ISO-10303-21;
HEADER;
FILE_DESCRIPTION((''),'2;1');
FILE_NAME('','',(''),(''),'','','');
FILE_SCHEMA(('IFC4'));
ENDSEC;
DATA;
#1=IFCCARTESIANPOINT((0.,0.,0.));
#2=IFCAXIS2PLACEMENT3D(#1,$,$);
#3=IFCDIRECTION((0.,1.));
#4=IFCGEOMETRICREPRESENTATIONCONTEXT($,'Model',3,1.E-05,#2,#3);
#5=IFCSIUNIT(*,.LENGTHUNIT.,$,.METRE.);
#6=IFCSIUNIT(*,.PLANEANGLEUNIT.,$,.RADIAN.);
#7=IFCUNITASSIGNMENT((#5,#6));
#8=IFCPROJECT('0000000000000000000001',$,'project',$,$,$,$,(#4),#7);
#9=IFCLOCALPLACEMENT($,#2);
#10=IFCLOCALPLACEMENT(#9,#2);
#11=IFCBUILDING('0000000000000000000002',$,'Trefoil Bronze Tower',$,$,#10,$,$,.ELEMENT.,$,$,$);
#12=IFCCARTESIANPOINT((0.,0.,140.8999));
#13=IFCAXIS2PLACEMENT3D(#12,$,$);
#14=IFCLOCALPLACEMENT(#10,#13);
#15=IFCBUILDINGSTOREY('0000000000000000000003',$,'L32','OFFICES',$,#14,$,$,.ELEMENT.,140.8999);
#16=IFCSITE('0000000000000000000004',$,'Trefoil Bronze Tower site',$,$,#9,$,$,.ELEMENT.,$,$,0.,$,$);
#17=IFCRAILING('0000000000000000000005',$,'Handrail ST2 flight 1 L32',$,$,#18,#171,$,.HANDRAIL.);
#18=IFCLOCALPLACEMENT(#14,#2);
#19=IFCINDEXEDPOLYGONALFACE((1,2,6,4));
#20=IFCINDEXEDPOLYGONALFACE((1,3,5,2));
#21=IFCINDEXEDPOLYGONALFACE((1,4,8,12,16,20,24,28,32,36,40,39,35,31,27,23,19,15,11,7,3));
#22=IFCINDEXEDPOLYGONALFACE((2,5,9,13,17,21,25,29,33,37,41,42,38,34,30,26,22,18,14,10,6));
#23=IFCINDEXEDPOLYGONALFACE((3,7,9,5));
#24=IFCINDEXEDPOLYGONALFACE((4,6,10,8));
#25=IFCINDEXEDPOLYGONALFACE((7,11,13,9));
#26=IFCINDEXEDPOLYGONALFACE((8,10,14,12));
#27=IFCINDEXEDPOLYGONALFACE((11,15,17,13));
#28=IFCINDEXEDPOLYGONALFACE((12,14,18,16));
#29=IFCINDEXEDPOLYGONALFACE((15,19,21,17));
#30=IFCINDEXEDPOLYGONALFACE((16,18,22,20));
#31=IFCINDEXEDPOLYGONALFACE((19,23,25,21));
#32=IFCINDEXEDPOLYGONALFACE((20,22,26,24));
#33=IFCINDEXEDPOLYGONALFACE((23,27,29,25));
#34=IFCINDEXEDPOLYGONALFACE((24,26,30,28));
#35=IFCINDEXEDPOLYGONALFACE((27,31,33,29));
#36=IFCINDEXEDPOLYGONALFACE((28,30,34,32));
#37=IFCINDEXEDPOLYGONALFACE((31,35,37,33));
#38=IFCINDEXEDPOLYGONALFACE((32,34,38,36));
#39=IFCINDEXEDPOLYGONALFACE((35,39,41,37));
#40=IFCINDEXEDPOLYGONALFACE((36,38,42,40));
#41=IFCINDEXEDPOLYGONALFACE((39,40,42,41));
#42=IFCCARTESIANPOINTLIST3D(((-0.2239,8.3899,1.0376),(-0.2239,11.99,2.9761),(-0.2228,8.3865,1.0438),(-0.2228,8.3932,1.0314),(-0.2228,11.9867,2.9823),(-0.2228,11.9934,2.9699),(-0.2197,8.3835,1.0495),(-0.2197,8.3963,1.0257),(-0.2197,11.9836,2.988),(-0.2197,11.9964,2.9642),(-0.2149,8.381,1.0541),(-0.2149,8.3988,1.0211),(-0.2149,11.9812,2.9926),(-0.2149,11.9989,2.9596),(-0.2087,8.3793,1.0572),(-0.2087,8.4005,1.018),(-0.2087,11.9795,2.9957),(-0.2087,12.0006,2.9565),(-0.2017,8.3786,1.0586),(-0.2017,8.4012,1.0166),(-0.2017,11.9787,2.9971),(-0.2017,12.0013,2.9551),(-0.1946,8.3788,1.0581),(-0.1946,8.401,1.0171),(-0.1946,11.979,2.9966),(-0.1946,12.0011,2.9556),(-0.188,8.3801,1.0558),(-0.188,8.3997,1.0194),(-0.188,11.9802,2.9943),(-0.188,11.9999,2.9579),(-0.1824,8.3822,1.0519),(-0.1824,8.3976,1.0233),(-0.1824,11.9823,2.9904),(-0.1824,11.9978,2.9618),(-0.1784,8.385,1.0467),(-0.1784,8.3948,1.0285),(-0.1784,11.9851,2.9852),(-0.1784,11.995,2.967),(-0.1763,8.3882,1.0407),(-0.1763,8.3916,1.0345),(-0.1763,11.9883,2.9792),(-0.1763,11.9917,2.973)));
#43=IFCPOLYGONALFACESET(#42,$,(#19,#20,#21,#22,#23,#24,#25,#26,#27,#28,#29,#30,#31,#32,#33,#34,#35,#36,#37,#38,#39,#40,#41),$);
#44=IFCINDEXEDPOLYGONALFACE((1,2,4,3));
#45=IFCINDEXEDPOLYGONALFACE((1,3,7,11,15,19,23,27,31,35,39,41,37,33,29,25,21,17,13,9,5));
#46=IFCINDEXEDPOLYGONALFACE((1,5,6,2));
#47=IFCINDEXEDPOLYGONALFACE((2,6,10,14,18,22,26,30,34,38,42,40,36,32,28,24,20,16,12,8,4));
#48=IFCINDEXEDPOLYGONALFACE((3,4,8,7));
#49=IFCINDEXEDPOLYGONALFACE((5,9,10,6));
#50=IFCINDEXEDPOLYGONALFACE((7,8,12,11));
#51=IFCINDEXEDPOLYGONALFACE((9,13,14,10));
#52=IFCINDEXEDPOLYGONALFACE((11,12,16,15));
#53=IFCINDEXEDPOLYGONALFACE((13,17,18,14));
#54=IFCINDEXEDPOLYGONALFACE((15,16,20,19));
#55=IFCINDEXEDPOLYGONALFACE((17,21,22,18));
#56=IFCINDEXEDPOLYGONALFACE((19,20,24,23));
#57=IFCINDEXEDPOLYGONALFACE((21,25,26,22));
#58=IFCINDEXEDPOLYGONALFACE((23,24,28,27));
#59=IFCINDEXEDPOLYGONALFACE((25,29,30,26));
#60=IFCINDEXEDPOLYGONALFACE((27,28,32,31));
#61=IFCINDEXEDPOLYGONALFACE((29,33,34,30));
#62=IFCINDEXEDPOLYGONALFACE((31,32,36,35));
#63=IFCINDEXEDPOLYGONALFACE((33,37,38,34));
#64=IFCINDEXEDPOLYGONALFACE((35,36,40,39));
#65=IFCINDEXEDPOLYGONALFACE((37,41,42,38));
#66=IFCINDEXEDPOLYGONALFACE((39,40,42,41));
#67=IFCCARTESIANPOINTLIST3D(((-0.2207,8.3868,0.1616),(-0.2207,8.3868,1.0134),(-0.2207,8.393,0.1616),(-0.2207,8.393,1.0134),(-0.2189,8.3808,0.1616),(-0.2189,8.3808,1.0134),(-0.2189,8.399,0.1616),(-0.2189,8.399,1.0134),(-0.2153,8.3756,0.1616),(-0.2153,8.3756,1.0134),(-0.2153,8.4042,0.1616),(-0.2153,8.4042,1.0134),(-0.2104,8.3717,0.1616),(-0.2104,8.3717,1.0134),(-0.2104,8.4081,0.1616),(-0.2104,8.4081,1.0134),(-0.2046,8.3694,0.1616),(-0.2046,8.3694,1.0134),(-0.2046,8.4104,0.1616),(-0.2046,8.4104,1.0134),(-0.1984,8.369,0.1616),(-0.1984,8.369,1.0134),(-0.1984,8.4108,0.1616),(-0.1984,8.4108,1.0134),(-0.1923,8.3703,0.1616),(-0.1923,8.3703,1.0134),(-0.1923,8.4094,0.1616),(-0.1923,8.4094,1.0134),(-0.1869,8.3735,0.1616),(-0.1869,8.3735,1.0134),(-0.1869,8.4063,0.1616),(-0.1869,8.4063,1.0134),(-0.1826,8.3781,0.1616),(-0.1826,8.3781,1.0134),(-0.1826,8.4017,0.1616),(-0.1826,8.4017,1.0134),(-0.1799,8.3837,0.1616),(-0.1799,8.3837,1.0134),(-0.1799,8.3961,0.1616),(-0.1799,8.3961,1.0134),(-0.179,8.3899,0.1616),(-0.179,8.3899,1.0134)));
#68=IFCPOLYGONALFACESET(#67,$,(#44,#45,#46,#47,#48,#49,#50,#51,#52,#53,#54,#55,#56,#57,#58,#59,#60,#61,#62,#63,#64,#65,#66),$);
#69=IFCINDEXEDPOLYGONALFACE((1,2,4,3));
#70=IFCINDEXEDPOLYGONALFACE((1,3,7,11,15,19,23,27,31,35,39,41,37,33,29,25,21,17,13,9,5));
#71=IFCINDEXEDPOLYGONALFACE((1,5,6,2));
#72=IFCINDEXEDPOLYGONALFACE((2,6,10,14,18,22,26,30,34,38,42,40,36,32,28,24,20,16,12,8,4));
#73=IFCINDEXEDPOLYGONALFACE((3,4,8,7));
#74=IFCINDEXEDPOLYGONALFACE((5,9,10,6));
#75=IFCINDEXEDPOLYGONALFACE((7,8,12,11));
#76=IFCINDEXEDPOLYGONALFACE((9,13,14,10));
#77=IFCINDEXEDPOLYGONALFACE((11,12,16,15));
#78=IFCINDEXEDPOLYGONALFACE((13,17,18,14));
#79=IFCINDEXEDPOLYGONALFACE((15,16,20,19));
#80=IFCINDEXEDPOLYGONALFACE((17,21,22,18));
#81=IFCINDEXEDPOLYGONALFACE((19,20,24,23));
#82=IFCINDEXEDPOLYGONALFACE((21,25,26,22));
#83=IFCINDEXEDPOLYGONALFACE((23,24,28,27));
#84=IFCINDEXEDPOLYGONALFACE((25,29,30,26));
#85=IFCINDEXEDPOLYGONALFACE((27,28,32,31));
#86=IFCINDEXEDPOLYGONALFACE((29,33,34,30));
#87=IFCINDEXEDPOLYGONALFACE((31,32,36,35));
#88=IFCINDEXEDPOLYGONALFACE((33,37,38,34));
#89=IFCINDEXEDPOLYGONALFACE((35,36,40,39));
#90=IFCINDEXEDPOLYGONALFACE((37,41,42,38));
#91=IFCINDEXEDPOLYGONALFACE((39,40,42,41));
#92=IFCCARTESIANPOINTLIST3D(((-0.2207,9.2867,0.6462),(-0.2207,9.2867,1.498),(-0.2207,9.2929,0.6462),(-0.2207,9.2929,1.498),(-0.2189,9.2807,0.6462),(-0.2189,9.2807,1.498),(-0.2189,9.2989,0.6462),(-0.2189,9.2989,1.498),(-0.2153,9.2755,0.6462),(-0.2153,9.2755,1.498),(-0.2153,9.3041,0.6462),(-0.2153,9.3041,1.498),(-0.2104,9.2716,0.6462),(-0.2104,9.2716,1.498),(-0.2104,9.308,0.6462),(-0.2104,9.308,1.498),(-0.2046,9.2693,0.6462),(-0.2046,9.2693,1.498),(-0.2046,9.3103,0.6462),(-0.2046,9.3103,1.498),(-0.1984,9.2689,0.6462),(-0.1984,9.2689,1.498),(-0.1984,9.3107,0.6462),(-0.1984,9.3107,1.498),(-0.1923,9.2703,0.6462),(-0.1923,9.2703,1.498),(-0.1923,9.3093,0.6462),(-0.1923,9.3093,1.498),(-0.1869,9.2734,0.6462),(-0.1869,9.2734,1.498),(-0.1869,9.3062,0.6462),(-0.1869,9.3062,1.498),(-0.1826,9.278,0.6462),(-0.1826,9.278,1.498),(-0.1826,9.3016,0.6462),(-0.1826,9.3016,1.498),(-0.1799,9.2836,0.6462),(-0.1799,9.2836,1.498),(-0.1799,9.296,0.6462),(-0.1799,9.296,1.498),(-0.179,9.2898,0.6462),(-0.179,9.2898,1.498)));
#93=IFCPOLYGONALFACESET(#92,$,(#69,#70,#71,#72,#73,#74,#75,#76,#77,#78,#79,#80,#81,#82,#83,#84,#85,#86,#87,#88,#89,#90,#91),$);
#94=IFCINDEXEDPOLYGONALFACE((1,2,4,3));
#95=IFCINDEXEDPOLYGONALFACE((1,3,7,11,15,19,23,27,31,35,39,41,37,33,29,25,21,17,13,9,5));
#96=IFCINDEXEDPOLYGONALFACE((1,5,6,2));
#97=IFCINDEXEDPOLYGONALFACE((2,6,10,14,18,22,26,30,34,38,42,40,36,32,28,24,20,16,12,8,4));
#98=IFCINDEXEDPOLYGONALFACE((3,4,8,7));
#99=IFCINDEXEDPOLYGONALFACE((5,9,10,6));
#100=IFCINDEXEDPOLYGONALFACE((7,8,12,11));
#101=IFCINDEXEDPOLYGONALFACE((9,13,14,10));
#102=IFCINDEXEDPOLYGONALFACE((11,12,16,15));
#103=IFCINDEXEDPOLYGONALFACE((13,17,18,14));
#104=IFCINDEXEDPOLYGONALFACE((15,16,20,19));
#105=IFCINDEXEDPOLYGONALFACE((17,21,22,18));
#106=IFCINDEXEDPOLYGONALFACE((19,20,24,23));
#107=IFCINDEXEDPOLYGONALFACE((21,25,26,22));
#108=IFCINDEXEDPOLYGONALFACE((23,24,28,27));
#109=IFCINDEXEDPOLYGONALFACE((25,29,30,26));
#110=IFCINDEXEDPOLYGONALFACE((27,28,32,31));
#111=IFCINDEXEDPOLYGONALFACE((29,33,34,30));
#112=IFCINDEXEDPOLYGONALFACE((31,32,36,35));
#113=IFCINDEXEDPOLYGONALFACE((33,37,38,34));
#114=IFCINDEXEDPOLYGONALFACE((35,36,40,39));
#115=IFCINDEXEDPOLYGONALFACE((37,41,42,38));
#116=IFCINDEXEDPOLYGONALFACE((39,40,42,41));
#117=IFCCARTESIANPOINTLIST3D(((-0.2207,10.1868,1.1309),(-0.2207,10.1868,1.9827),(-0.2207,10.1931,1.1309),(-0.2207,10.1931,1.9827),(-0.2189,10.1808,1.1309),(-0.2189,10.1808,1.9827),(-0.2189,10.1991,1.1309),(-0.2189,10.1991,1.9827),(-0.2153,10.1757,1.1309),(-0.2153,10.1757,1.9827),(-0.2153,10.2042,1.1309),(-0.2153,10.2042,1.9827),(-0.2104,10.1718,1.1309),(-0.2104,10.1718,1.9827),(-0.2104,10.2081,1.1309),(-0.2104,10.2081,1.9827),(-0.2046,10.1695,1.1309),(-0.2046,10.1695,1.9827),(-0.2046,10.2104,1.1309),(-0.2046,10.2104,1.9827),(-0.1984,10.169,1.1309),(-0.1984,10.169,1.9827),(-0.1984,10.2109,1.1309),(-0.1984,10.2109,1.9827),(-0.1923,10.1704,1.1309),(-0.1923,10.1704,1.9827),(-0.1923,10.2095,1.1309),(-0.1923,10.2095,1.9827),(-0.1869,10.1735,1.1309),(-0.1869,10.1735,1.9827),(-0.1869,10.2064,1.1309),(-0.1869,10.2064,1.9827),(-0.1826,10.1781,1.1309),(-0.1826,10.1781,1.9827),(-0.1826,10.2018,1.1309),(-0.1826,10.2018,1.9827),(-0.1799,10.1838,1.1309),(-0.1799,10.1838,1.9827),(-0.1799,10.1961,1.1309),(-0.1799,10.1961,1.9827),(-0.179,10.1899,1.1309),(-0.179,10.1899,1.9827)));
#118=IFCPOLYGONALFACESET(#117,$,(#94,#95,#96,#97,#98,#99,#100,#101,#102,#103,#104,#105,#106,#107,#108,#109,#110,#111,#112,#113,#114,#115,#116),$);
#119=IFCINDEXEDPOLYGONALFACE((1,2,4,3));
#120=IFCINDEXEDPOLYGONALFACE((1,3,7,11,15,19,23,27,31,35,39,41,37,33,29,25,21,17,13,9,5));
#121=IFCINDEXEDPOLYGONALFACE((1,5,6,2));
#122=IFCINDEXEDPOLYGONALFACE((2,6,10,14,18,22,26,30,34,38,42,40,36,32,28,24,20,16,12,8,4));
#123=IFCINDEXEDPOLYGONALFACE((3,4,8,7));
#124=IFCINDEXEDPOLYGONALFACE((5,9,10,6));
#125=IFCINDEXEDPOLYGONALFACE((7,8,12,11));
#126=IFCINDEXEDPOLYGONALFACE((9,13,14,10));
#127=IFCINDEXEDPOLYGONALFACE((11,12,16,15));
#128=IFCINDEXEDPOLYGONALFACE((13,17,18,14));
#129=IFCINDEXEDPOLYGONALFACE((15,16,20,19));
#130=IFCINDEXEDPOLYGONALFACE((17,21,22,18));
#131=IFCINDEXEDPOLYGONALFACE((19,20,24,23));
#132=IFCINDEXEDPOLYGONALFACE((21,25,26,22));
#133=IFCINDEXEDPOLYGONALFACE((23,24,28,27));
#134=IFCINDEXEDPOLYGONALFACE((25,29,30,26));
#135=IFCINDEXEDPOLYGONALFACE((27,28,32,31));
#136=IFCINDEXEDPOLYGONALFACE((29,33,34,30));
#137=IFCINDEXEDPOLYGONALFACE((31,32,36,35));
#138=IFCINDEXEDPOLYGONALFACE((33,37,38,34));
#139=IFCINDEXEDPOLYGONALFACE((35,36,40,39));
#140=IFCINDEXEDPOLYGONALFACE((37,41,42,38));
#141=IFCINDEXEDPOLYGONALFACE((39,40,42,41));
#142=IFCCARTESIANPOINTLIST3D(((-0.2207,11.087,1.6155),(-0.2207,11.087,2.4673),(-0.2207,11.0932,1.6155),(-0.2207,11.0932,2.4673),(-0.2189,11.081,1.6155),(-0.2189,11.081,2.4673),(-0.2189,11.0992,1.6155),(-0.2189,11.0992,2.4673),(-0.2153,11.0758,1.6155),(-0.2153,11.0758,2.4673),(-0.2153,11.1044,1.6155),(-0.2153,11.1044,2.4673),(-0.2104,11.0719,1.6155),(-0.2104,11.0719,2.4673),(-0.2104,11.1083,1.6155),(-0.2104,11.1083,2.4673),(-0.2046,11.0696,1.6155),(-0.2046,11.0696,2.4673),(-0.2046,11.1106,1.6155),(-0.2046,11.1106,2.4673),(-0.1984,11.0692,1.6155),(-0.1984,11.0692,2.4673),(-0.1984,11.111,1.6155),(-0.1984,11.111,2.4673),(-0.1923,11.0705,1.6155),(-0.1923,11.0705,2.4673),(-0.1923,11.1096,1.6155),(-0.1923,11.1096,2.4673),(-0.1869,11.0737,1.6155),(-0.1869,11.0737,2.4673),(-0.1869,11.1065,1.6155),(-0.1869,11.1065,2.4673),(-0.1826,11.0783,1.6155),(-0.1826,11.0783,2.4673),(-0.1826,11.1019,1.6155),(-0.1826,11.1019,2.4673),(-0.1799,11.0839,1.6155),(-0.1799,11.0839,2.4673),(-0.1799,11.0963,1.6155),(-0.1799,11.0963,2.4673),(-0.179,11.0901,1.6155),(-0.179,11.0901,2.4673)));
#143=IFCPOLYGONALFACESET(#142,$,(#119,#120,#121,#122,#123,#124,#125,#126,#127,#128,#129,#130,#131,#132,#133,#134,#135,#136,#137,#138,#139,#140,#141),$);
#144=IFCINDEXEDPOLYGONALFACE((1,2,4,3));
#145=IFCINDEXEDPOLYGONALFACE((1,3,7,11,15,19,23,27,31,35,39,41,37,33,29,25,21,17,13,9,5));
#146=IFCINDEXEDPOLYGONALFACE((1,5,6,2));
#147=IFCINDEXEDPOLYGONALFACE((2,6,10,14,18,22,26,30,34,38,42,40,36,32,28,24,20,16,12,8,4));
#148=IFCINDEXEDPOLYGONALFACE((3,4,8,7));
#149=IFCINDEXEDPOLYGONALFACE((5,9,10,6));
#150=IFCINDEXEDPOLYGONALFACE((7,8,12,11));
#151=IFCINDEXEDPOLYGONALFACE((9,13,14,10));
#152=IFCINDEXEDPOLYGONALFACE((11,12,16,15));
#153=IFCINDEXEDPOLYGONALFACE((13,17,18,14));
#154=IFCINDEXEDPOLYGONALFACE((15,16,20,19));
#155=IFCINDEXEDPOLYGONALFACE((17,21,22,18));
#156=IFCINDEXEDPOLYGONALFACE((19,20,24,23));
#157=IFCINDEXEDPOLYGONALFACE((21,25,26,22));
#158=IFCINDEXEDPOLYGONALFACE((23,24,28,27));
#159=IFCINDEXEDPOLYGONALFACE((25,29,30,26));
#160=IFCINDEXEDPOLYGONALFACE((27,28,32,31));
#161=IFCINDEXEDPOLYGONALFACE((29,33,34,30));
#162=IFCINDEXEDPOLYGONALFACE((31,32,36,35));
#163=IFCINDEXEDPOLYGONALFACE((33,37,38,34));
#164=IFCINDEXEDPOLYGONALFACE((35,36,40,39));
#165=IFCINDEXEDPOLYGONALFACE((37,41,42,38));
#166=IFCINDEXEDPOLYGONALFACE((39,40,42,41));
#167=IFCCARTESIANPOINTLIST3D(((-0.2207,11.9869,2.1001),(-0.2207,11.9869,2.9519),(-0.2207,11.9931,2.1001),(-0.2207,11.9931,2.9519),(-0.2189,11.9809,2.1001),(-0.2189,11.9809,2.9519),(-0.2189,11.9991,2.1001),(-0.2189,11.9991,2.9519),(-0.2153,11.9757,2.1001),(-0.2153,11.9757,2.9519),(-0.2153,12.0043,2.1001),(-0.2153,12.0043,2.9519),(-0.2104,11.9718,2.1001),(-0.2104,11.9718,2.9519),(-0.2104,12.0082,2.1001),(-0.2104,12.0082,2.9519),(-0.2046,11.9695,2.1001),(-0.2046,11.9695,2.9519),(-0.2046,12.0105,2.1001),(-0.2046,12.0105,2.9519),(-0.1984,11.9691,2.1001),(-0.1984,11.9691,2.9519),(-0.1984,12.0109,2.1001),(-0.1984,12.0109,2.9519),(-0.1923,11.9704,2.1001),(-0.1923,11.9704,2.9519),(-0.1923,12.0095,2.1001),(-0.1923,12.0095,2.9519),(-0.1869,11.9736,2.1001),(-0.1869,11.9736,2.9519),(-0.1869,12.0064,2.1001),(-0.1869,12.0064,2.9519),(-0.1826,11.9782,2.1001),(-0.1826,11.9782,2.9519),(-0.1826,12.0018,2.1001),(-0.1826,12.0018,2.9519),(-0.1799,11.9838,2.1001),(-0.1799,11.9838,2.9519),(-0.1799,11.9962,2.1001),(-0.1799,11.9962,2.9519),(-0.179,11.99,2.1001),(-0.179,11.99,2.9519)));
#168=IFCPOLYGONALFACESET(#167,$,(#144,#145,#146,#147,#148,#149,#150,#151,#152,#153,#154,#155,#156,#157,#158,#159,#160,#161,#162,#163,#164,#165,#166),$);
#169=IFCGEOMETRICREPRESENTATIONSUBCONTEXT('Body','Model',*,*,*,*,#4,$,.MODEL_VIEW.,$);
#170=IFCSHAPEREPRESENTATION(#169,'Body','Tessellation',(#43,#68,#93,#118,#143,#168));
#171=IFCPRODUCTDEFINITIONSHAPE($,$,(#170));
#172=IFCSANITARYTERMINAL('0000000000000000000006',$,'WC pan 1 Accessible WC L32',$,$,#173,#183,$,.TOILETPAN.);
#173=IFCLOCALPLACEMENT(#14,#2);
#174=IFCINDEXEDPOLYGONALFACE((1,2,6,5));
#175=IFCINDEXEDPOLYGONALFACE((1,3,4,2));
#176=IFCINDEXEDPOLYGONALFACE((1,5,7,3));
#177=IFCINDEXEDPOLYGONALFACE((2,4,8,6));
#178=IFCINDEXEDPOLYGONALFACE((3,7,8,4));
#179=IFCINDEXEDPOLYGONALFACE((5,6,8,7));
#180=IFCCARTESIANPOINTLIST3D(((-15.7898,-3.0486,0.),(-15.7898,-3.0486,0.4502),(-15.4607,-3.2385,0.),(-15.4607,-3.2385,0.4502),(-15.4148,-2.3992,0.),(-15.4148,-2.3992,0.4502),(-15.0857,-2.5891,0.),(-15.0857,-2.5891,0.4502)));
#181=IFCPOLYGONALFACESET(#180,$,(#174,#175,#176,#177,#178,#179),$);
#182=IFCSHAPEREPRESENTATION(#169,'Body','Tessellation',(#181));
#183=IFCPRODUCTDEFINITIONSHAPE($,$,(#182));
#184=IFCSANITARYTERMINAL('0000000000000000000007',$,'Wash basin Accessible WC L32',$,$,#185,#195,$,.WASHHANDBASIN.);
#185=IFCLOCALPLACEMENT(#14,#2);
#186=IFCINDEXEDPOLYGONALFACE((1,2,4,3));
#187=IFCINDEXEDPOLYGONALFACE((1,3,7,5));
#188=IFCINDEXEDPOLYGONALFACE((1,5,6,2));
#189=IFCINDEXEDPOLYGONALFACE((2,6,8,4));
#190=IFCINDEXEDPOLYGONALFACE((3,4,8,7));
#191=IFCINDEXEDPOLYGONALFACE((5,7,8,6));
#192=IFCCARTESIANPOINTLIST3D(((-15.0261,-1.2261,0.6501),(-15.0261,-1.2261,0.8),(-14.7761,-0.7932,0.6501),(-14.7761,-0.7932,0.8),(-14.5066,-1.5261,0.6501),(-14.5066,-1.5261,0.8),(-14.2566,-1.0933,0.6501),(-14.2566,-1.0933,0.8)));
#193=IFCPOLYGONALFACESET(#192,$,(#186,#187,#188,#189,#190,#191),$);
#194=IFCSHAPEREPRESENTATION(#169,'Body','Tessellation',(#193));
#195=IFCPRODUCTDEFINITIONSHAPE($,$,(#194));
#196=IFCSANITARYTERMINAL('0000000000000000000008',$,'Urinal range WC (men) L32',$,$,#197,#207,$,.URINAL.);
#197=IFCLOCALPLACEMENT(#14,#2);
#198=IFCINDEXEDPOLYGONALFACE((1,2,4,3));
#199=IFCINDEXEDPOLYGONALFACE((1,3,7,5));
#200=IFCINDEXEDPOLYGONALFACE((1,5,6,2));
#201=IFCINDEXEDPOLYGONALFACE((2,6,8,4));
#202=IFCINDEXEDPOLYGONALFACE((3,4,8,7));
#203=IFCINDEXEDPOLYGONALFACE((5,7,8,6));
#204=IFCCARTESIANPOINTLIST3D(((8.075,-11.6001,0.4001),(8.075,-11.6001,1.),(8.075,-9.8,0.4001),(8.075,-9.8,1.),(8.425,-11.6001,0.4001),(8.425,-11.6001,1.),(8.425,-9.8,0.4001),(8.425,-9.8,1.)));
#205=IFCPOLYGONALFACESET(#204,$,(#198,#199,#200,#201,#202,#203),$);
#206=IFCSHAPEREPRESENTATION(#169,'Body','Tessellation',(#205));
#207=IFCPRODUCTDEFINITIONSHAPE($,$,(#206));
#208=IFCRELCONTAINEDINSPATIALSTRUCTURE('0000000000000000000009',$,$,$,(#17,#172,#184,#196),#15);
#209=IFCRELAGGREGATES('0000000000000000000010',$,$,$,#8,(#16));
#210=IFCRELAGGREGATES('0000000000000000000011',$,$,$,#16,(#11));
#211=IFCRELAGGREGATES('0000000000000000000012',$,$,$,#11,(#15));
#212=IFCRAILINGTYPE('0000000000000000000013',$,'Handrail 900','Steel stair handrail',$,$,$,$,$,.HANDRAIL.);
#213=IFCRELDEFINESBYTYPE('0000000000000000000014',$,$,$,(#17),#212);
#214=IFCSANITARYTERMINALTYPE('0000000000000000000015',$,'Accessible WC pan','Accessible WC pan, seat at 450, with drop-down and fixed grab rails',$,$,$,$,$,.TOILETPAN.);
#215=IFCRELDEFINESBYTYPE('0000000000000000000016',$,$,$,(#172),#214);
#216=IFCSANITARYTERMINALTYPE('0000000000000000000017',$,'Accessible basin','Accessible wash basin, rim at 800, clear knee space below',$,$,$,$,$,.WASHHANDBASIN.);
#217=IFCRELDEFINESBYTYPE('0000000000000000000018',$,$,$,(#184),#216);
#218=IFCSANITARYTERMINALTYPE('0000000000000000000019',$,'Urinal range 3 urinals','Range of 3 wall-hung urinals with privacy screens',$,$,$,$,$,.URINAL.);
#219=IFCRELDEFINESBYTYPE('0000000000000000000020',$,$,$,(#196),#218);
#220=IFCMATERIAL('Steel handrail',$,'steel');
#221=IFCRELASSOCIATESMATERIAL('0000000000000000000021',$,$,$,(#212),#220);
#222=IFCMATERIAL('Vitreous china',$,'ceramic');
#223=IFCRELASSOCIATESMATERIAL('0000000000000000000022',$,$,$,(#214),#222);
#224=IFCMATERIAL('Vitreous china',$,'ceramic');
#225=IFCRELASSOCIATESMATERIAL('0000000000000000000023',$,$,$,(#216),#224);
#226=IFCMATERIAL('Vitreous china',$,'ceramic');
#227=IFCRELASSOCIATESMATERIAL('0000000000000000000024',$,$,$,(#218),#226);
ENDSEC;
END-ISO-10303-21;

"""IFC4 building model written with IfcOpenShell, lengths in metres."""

from ifc_helpers import new_model, si_unit, direction, frame, origin, origin_2d, place, context, subcontext, project, spatial, polyline, circle, outline, extrude, material, type_object, element, save


model = new_model("IFC4")

# Units and contexts
model_context = context("Model", 3, precision=1e-05, world=origin(), true_north=direction((0.0, 1.0)))
body_context = subcontext(model_context, "Body", "Model", "MODEL_VIEW")
ifc_project = project(units=[si_unit("LENGTHUNIT", "METRE"), si_unit("PLANEANGLEUNIT", "RADIAN")], contexts=[model_context])

# Site, building, storey
site_placement = place(None, origin())
site = spatial("IfcSite", under=ifc_project, at=site_placement, Name="Trefoil Bronze Tower site", CompositionType="ELEMENT", RefElevation=0.0)
building_placement = place(site_placement, origin())
building = spatial("IfcBuilding", under=site, at=building_placement, Name="Trefoil Bronze Tower", CompositionType="ELEMENT")
storey_placement = place(building_placement, frame((0.0, 0.0, 140.8999)))
storey = spatial("IfcBuildingStorey", under=building, at=storey_placement, Name="L32", Description="OFFICES", CompositionType="ELEMENT", Elevation=140.8999)

# Railing
ifc_material_1 = material(Name="Steel handrail", Category="steel")
railing_type = type_object("IfcRailingType", Name="Handrail 900", Description="Steel stair handrail", PredefinedType="HANDRAIL", material=ifc_material_1)
railing_placement = place(storey_placement, frame((-0.2, 8.3899, 0.1616)))
element("IfcRailing", 1, at=railing_placement, inside=storey, type_object=railing_type, Name="Handrail ST2 flight 1 L32", PredefinedType="HANDRAIL", context=body_context, shape_type="SweptSolid", body=[
    extrude(circle(Radius=0.0239, at=origin_2d()), frame((0.0, 0.0, 0.876), z_axis=(0.0, 0.880475, 0.474093), x_axis=(-1.0, 0.0, 0.0)), (0.0, 0.0, 1.0), 4.0889),
    extrude(circle(Radius=0.021, at=origin_2d()), origin(), (0.0, 0.0, 1.0), 0.8518),
    extrude(circle(Radius=0.021, at=origin_2d()), frame((0.0, 0.8999, 0.4846)), (0.0, 0.0, 1.0), 0.8518),
    extrude(circle(Radius=0.021, at=origin_2d()), frame((0.0, 1.8, 0.9692)), (0.0, 0.0, 1.0), 0.8518),
    extrude(circle(Radius=0.021, at=origin_2d()), frame((0.0, 2.7002, 1.4539)), (0.0, 0.0, 1.0), 0.8518),
    extrude(circle(Radius=0.021, at=origin_2d()), frame((0.0, 3.6001, 1.9385)), (0.0, 0.0, 1.0), 0.8518),
])

# Sanitary terminals
ifc_material_2 = material(Name="Vitreous china", Category="ceramic")
sanitary_terminal_type_1 = type_object("IfcSanitaryTerminalType", Name="Accessible WC pan", Description="Accessible WC pan, seat at 450, with drop-down and fixed grab rails", PredefinedType="TOILETPAN", material=ifc_material_2)
sanitary_terminal_1_placement = place(storey_placement, origin())
element("IfcSanitaryTerminal", 2, at=sanitary_terminal_1_placement, inside=storey, type_object=sanitary_terminal_type_1, Name="WC pan 1 Accessible WC L32", PredefinedType="TOILETPAN", context=body_context, shape_type="SweptSolid", body=[
    extrude(outline(polyline([(-15.0857, -2.5891), (-15.4607, -3.2385), (-15.7898, -3.0486), (-15.4148, -2.3992), (-15.0857, -2.5891)])), origin(), (0.0, 0.0, 1.0), 0.4502),
])
ifc_material_3 = material(Name="Vitreous china", Category="ceramic")
sanitary_terminal_type_2 = type_object("IfcSanitaryTerminalType", Name="Accessible basin", Description="Accessible wash basin, rim at 800, clear knee space below", PredefinedType="WASHHANDBASIN", material=ifc_material_3)
sanitary_terminal_2_placement = place(storey_placement, frame((0.0, 0.0, 0.6501)))
element("IfcSanitaryTerminal", 3, at=sanitary_terminal_2_placement, inside=storey, type_object=sanitary_terminal_type_2, Name="Wash basin Accessible WC L32", PredefinedType="WASHHANDBASIN", context=body_context, shape_type="SweptSolid", body=[
    extrude(outline(polyline([(-14.2566, -1.0933), (-14.5066, -1.5261), (-15.0261, -1.2261), (-14.7761, -0.7932), (-14.2566, -1.0933)])), origin(), (0.0, 0.0, 1.0), 0.1499),
])
ifc_material_4 = material(Name="Vitreous china", Category="ceramic")
sanitary_terminal_type_3 = type_object("IfcSanitaryTerminalType", Name="Urinal range 3 urinals", Description="Range of 3 wall-hung urinals with privacy screens", PredefinedType="URINAL", material=ifc_material_4)
sanitary_terminal_3_placement = place(storey_placement, frame((0.0, 0.0, 0.4001)))
element("IfcSanitaryTerminal", 4, at=sanitary_terminal_3_placement, inside=storey, type_object=sanitary_terminal_type_3, Name="Urinal range WC (men) L32", PredefinedType="URINAL", context=body_context, shape_type="SweptSolid", body=[
    extrude(outline(polyline([(8.075, -9.8), (8.425, -9.8), (8.425, -11.6001), (8.075, -11.6001), (8.075, -9.8)])), origin(), (0.0, 0.0, 1.0), 0.5999),
])

save(model, "model.ifc")
